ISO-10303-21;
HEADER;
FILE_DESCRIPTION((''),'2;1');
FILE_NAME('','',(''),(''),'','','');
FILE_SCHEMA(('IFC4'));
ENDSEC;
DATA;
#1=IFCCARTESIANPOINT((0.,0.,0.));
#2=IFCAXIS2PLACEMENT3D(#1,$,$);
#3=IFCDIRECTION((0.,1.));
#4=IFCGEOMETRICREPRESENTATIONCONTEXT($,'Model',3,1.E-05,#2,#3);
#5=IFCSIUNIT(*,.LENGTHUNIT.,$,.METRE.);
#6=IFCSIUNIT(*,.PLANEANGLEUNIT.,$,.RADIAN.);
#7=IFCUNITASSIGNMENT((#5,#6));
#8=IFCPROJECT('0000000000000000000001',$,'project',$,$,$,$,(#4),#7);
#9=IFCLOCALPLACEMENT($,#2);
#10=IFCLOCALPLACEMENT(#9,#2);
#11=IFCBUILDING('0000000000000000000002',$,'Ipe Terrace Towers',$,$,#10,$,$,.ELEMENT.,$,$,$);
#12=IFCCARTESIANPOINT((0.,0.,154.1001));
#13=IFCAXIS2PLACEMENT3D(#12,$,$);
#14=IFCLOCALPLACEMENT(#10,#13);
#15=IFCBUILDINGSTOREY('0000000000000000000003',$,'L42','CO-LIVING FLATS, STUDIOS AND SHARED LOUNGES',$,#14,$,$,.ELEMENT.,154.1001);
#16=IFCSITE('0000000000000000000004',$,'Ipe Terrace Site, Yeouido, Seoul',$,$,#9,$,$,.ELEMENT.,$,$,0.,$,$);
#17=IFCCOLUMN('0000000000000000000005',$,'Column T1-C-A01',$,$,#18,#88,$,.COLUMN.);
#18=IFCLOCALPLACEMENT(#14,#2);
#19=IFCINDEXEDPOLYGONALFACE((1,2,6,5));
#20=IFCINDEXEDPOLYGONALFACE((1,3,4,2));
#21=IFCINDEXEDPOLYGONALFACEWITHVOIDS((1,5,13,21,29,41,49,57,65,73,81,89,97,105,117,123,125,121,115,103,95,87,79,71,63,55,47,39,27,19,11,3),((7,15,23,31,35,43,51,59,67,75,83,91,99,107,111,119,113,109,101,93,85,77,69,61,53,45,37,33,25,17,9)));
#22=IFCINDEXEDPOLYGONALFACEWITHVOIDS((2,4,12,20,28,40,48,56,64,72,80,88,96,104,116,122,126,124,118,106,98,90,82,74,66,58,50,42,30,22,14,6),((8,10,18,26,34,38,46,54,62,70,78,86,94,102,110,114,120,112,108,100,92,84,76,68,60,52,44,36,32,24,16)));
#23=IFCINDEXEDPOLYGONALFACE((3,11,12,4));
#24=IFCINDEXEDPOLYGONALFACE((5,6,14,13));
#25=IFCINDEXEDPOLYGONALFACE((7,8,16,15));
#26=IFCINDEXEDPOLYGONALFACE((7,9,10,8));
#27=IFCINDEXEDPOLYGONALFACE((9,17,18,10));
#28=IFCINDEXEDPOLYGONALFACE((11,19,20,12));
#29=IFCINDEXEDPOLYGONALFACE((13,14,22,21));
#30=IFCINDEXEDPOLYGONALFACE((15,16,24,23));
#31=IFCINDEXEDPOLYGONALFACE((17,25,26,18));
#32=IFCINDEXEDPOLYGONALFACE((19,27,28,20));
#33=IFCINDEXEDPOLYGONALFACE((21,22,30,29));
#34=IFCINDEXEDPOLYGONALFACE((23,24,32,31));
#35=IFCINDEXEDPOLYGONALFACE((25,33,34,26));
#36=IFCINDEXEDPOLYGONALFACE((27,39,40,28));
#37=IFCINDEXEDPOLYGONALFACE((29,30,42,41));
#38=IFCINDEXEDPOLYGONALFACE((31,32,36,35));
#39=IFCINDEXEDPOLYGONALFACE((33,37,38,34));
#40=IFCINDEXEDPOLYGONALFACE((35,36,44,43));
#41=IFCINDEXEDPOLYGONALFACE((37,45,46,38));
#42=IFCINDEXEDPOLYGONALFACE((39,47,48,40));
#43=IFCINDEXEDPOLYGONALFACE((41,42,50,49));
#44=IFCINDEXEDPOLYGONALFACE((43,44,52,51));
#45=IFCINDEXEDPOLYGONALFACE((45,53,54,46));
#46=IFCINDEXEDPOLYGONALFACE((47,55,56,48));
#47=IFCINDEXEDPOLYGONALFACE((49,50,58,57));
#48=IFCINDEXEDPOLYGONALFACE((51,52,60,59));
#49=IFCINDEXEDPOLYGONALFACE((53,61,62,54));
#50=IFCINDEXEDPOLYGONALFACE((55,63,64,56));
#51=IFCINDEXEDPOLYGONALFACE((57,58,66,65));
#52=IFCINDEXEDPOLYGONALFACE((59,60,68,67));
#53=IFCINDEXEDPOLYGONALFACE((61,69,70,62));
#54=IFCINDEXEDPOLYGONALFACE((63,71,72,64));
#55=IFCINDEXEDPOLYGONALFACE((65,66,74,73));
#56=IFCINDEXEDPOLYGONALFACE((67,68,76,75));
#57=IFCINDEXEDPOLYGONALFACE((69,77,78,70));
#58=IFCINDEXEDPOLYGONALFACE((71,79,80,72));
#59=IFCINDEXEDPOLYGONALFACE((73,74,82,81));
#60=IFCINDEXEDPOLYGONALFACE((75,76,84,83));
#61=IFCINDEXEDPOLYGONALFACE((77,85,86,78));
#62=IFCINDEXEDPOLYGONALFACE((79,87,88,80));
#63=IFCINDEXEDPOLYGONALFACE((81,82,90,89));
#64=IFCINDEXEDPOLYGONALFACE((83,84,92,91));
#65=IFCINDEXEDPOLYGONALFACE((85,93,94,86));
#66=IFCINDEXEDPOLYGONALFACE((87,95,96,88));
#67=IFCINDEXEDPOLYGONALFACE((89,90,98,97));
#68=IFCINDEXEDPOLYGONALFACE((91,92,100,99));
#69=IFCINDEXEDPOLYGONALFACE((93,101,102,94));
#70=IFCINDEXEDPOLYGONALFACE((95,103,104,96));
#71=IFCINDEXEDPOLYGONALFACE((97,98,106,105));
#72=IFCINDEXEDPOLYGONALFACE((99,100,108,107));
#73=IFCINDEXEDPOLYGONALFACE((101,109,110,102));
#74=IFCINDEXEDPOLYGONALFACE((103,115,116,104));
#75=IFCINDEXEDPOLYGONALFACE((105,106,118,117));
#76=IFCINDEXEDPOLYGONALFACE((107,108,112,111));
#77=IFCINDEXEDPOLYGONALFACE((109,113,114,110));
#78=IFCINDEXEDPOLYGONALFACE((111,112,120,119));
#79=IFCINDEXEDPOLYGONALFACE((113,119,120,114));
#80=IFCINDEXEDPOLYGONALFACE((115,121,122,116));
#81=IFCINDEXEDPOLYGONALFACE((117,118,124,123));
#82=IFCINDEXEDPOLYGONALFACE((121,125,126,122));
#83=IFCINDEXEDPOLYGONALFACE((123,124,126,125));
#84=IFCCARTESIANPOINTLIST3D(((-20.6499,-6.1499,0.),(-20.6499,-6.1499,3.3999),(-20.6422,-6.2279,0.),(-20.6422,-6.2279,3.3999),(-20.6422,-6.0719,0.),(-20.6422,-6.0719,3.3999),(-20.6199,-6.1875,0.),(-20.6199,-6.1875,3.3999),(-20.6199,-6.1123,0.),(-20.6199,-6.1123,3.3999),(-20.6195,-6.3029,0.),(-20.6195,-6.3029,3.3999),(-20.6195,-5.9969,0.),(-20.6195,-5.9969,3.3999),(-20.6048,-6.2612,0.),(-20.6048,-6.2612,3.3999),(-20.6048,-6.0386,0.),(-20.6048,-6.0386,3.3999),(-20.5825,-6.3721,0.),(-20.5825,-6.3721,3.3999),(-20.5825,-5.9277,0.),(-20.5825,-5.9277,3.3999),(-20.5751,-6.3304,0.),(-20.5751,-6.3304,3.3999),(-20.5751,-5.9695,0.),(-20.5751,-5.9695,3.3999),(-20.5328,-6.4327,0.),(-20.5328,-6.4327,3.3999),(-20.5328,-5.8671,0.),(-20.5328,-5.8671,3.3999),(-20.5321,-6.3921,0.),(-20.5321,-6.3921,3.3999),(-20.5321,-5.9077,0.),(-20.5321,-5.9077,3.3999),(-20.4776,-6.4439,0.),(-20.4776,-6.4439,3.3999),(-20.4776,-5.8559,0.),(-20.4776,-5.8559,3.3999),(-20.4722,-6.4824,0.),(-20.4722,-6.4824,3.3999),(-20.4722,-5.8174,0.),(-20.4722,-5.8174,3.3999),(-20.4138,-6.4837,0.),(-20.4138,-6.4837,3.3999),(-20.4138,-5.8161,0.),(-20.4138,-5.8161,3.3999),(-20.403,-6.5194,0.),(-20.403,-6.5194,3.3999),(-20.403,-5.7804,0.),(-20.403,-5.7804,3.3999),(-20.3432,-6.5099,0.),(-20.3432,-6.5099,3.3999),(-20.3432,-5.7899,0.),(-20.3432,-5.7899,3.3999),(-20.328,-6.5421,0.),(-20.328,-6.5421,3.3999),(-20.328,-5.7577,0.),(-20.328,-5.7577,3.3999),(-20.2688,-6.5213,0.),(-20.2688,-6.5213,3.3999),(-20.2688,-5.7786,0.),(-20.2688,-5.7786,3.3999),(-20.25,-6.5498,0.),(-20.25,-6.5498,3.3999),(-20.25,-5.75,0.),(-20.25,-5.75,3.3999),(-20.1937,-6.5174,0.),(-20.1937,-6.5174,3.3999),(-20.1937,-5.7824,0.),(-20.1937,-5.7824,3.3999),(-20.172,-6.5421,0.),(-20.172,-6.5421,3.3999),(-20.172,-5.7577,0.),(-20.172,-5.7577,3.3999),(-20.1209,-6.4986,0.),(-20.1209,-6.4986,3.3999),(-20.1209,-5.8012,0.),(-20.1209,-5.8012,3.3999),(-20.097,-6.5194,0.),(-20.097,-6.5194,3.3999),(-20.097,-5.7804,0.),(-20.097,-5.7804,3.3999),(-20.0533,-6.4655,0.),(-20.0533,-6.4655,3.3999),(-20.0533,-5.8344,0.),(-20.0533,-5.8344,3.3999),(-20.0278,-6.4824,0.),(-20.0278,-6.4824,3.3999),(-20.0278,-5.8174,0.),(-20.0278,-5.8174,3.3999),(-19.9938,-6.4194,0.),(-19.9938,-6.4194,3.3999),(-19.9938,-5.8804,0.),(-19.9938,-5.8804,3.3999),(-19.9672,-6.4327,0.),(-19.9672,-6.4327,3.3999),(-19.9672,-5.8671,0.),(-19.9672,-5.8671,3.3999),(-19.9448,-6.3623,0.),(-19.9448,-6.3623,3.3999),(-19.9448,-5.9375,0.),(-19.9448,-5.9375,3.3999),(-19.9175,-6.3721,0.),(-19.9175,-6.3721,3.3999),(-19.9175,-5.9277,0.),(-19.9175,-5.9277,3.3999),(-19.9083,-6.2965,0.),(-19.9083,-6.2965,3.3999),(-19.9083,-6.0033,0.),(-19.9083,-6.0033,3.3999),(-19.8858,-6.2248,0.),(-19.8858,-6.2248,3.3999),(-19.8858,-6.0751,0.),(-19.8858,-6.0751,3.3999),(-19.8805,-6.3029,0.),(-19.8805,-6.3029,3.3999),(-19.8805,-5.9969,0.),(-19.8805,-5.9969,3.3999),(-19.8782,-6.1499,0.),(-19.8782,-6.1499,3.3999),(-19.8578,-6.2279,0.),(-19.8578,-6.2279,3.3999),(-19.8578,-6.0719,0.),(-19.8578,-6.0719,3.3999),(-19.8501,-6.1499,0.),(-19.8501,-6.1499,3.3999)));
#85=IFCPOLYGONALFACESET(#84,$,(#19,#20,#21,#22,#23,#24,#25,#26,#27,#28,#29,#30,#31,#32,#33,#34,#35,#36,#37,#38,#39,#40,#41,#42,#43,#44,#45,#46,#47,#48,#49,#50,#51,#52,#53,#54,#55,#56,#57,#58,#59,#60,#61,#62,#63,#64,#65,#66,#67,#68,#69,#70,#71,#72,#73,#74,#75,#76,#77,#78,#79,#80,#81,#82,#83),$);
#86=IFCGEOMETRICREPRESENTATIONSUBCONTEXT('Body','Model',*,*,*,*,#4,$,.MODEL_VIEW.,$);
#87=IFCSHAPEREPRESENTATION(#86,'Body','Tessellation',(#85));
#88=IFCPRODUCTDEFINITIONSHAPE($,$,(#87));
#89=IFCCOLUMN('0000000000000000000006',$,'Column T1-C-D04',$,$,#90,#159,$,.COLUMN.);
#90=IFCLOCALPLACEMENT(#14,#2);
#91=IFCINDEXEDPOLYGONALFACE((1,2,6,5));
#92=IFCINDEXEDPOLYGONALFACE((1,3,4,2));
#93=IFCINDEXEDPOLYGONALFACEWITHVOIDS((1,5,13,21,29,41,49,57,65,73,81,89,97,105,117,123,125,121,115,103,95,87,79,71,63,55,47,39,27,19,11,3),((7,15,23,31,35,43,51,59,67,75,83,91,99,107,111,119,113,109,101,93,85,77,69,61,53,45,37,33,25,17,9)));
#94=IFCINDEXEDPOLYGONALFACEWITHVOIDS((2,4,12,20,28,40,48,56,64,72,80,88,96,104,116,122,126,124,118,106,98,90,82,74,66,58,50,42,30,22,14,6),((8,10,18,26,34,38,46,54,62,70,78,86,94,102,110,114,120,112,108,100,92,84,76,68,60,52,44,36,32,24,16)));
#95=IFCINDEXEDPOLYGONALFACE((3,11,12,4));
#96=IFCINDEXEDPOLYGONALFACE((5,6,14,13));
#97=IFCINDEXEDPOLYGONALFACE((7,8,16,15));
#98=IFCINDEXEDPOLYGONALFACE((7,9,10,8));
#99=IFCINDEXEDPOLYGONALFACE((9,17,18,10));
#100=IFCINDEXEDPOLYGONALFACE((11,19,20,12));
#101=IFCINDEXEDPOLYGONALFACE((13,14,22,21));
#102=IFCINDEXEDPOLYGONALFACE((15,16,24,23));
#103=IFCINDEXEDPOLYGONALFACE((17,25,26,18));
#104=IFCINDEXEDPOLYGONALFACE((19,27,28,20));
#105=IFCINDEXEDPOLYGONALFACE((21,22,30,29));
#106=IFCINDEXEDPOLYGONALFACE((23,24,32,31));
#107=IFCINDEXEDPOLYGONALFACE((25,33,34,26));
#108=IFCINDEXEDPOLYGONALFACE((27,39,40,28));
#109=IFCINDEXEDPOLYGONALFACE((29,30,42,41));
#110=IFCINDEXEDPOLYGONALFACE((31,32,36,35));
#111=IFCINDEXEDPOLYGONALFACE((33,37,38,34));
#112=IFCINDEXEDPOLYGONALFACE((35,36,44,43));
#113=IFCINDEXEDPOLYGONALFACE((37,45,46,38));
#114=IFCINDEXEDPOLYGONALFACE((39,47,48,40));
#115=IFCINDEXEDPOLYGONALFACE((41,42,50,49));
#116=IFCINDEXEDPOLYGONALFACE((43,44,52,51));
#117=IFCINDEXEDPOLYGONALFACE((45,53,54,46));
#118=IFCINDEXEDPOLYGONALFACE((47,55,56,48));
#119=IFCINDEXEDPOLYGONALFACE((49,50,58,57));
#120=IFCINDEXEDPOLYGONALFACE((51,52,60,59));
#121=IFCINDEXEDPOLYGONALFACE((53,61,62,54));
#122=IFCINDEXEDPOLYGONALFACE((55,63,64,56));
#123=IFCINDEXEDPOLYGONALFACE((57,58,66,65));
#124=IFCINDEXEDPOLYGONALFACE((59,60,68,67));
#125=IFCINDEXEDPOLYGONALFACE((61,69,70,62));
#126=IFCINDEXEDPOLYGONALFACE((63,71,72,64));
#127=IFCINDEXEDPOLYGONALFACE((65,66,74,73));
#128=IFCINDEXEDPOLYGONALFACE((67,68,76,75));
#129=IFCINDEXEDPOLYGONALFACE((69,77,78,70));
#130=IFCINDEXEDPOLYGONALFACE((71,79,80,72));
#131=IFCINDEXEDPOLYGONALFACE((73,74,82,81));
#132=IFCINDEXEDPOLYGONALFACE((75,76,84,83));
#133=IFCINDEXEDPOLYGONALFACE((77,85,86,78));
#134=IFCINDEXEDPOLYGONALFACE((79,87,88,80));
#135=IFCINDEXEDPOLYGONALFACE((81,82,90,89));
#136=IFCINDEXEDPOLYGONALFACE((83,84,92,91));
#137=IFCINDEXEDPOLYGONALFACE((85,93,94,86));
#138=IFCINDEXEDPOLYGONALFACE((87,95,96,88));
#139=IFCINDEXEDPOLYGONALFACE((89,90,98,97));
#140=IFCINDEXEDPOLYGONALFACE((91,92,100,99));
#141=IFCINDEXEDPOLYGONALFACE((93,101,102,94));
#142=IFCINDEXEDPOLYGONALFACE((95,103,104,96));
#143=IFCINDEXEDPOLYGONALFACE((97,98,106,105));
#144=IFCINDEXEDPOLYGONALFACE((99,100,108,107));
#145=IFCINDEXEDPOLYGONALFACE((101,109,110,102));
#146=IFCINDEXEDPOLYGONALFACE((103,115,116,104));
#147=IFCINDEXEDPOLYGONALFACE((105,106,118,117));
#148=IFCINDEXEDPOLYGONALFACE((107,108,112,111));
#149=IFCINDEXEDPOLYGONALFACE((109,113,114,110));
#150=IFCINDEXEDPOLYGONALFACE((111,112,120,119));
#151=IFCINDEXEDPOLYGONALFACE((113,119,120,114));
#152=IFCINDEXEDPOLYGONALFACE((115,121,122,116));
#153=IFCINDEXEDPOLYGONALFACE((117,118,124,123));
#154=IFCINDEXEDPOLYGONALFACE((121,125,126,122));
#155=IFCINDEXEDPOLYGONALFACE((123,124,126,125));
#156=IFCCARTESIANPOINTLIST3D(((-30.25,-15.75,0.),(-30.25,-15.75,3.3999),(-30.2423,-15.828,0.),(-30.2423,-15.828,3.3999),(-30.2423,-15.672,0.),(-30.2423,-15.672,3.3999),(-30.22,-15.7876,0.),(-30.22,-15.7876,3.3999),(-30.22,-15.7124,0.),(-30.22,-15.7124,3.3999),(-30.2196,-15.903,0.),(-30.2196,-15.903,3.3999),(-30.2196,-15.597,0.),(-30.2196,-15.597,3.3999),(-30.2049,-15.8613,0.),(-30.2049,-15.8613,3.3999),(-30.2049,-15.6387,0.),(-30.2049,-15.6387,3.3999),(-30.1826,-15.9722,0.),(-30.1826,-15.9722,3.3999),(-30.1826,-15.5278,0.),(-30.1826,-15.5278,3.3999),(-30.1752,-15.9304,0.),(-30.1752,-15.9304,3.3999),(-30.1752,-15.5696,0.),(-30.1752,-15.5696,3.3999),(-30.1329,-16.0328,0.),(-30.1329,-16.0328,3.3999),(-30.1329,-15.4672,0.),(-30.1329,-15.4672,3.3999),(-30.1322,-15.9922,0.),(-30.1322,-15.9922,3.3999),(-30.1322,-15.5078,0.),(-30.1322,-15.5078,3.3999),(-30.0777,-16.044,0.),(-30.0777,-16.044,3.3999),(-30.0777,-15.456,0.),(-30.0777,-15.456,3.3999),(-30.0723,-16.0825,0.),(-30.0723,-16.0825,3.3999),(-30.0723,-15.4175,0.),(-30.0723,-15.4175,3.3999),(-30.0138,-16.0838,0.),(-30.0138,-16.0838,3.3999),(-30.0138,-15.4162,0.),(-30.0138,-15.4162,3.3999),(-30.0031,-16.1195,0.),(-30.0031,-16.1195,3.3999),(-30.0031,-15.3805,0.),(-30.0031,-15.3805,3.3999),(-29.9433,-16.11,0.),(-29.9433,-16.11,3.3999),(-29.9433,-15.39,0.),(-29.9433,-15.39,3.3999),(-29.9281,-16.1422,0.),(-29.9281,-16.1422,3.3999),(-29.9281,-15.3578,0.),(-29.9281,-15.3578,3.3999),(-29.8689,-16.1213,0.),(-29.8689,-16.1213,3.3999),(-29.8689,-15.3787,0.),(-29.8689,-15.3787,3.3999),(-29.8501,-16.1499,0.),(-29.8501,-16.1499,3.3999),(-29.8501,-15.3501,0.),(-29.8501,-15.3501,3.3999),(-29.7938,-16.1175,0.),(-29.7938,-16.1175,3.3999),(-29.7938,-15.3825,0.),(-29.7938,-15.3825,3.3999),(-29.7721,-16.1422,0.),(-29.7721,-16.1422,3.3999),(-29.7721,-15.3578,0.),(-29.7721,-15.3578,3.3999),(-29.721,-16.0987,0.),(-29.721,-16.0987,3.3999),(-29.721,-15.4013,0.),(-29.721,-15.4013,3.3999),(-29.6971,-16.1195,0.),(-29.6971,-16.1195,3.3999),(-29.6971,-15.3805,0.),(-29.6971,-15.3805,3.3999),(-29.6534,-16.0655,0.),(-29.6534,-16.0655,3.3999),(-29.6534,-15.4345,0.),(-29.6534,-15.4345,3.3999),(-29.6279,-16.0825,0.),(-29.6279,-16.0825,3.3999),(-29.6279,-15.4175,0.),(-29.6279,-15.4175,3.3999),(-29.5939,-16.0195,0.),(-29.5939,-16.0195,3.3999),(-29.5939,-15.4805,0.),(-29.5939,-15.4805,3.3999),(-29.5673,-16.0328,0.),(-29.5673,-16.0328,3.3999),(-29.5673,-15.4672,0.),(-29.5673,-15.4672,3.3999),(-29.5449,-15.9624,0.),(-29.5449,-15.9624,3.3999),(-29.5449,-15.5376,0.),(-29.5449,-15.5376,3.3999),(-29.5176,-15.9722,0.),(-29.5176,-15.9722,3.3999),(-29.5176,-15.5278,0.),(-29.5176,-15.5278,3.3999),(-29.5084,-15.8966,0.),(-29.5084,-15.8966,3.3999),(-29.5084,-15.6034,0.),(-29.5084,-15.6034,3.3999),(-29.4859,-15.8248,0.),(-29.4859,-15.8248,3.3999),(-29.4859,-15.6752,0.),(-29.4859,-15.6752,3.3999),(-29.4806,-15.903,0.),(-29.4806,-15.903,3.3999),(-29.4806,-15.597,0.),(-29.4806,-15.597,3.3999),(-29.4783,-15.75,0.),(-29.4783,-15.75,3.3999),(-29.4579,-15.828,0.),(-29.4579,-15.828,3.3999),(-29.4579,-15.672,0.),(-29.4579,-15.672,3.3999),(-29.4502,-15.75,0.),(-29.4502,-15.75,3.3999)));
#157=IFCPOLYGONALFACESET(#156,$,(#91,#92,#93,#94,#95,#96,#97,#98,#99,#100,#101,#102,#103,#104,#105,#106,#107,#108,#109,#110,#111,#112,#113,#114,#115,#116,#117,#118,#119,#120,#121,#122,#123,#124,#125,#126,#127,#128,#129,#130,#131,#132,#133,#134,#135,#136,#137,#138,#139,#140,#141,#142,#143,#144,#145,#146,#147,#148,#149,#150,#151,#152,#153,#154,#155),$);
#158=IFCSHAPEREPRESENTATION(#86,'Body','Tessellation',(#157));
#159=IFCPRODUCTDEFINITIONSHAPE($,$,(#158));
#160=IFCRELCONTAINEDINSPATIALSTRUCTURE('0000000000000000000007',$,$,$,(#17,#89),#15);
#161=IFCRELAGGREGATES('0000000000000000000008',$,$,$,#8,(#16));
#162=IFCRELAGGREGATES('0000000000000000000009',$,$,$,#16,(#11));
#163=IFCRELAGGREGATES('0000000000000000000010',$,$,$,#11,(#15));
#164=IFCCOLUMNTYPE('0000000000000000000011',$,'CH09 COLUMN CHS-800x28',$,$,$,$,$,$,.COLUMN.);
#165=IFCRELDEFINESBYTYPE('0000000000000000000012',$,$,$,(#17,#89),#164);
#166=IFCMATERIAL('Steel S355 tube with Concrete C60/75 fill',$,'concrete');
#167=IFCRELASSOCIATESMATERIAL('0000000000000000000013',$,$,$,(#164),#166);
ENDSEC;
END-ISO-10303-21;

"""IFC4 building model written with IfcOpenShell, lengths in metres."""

from ifc_helpers import new_model, si_unit, direction, frame, origin, origin_2d, place, context, subcontext, project, spatial, hollow_circle, extrude, material, material_profile, profile_set, type_object, element, save


model = new_model("IFC4")

# Units and contexts
model_context = context("Model", 3, precision=1e-05, world=origin(), true_north=direction((0.0, 1.0)))
body_context = subcontext(model_context, "Body", "Model", "MODEL_VIEW")
ifc_project = project(units=[si_unit("LENGTHUNIT", "METRE"), si_unit("PLANEANGLEUNIT", "RADIAN")], contexts=[model_context])

# Site, building, storey
site_placement = place(None, origin())
site = spatial("IfcSite", under=ifc_project, at=site_placement, Name="Ipe Terrace Site, Yeouido, Seoul", CompositionType="ELEMENT", RefElevation=0.0)
building_placement = place(site_placement, origin())
building = spatial("IfcBuilding", under=site, at=building_placement, Name="Ipe Terrace Towers", CompositionType="ELEMENT")
storey_placement = place(building_placement, frame((0.0, 0.0, 154.1001)))
storey = spatial("IfcBuildingStorey", under=building, at=storey_placement, Name="L42", Description="CO-LIVING FLATS, STUDIOS AND SHARED LOUNGES", CompositionType="ELEMENT", Elevation=154.1001)

# Columns
ifc_material_1 = material(Name="Steel S355 tube with Concrete C60/75 fill", Category="concrete")
ifc_material_profile_1 = material_profile(ifc_material_1, hollow_circle(Radius=0.3999, WallThickness=0.0281, at=origin_2d()), Name="CHS-800x28")
ifc_profile_set_1 = profile_set([ifc_material_profile_1], Name="Steel S355 tube with Concrete C60/75 fill")
column_type_1 = type_object("IfcColumnType", Name="CH09 COLUMN CHS-800x28", PredefinedType="COLUMN", material=ifc_profile_set_1)
for number, where, z_axis, x_axis, name in (
    (1, (-20.25, -6.1499, 0.0), (0.0, 0.0, 1.0), (1.0, 0.0, 0.0), "Column T1-C-A01"),
    (2, (-29.8501, -15.75, 0.0), (0.0, 0.0, 1.0), (1.0, 0.0, 0.0), "Column T1-C-D04"),
):
    element("IfcColumn", number, at=place(storey_placement, frame(where, z_axis=z_axis, x_axis=x_axis)), inside=storey, type_object=column_type_1, Name=name, PredefinedType="COLUMN", context=body_context, shape_type="SweptSolid", body=[
        extrude(hollow_circle(Radius=0.3999, WallThickness=0.0281, at=origin_2d()), origin(), (0.0, 0.0, 1.0), 3.3999),
    ])

save(model, "model.ifc")
